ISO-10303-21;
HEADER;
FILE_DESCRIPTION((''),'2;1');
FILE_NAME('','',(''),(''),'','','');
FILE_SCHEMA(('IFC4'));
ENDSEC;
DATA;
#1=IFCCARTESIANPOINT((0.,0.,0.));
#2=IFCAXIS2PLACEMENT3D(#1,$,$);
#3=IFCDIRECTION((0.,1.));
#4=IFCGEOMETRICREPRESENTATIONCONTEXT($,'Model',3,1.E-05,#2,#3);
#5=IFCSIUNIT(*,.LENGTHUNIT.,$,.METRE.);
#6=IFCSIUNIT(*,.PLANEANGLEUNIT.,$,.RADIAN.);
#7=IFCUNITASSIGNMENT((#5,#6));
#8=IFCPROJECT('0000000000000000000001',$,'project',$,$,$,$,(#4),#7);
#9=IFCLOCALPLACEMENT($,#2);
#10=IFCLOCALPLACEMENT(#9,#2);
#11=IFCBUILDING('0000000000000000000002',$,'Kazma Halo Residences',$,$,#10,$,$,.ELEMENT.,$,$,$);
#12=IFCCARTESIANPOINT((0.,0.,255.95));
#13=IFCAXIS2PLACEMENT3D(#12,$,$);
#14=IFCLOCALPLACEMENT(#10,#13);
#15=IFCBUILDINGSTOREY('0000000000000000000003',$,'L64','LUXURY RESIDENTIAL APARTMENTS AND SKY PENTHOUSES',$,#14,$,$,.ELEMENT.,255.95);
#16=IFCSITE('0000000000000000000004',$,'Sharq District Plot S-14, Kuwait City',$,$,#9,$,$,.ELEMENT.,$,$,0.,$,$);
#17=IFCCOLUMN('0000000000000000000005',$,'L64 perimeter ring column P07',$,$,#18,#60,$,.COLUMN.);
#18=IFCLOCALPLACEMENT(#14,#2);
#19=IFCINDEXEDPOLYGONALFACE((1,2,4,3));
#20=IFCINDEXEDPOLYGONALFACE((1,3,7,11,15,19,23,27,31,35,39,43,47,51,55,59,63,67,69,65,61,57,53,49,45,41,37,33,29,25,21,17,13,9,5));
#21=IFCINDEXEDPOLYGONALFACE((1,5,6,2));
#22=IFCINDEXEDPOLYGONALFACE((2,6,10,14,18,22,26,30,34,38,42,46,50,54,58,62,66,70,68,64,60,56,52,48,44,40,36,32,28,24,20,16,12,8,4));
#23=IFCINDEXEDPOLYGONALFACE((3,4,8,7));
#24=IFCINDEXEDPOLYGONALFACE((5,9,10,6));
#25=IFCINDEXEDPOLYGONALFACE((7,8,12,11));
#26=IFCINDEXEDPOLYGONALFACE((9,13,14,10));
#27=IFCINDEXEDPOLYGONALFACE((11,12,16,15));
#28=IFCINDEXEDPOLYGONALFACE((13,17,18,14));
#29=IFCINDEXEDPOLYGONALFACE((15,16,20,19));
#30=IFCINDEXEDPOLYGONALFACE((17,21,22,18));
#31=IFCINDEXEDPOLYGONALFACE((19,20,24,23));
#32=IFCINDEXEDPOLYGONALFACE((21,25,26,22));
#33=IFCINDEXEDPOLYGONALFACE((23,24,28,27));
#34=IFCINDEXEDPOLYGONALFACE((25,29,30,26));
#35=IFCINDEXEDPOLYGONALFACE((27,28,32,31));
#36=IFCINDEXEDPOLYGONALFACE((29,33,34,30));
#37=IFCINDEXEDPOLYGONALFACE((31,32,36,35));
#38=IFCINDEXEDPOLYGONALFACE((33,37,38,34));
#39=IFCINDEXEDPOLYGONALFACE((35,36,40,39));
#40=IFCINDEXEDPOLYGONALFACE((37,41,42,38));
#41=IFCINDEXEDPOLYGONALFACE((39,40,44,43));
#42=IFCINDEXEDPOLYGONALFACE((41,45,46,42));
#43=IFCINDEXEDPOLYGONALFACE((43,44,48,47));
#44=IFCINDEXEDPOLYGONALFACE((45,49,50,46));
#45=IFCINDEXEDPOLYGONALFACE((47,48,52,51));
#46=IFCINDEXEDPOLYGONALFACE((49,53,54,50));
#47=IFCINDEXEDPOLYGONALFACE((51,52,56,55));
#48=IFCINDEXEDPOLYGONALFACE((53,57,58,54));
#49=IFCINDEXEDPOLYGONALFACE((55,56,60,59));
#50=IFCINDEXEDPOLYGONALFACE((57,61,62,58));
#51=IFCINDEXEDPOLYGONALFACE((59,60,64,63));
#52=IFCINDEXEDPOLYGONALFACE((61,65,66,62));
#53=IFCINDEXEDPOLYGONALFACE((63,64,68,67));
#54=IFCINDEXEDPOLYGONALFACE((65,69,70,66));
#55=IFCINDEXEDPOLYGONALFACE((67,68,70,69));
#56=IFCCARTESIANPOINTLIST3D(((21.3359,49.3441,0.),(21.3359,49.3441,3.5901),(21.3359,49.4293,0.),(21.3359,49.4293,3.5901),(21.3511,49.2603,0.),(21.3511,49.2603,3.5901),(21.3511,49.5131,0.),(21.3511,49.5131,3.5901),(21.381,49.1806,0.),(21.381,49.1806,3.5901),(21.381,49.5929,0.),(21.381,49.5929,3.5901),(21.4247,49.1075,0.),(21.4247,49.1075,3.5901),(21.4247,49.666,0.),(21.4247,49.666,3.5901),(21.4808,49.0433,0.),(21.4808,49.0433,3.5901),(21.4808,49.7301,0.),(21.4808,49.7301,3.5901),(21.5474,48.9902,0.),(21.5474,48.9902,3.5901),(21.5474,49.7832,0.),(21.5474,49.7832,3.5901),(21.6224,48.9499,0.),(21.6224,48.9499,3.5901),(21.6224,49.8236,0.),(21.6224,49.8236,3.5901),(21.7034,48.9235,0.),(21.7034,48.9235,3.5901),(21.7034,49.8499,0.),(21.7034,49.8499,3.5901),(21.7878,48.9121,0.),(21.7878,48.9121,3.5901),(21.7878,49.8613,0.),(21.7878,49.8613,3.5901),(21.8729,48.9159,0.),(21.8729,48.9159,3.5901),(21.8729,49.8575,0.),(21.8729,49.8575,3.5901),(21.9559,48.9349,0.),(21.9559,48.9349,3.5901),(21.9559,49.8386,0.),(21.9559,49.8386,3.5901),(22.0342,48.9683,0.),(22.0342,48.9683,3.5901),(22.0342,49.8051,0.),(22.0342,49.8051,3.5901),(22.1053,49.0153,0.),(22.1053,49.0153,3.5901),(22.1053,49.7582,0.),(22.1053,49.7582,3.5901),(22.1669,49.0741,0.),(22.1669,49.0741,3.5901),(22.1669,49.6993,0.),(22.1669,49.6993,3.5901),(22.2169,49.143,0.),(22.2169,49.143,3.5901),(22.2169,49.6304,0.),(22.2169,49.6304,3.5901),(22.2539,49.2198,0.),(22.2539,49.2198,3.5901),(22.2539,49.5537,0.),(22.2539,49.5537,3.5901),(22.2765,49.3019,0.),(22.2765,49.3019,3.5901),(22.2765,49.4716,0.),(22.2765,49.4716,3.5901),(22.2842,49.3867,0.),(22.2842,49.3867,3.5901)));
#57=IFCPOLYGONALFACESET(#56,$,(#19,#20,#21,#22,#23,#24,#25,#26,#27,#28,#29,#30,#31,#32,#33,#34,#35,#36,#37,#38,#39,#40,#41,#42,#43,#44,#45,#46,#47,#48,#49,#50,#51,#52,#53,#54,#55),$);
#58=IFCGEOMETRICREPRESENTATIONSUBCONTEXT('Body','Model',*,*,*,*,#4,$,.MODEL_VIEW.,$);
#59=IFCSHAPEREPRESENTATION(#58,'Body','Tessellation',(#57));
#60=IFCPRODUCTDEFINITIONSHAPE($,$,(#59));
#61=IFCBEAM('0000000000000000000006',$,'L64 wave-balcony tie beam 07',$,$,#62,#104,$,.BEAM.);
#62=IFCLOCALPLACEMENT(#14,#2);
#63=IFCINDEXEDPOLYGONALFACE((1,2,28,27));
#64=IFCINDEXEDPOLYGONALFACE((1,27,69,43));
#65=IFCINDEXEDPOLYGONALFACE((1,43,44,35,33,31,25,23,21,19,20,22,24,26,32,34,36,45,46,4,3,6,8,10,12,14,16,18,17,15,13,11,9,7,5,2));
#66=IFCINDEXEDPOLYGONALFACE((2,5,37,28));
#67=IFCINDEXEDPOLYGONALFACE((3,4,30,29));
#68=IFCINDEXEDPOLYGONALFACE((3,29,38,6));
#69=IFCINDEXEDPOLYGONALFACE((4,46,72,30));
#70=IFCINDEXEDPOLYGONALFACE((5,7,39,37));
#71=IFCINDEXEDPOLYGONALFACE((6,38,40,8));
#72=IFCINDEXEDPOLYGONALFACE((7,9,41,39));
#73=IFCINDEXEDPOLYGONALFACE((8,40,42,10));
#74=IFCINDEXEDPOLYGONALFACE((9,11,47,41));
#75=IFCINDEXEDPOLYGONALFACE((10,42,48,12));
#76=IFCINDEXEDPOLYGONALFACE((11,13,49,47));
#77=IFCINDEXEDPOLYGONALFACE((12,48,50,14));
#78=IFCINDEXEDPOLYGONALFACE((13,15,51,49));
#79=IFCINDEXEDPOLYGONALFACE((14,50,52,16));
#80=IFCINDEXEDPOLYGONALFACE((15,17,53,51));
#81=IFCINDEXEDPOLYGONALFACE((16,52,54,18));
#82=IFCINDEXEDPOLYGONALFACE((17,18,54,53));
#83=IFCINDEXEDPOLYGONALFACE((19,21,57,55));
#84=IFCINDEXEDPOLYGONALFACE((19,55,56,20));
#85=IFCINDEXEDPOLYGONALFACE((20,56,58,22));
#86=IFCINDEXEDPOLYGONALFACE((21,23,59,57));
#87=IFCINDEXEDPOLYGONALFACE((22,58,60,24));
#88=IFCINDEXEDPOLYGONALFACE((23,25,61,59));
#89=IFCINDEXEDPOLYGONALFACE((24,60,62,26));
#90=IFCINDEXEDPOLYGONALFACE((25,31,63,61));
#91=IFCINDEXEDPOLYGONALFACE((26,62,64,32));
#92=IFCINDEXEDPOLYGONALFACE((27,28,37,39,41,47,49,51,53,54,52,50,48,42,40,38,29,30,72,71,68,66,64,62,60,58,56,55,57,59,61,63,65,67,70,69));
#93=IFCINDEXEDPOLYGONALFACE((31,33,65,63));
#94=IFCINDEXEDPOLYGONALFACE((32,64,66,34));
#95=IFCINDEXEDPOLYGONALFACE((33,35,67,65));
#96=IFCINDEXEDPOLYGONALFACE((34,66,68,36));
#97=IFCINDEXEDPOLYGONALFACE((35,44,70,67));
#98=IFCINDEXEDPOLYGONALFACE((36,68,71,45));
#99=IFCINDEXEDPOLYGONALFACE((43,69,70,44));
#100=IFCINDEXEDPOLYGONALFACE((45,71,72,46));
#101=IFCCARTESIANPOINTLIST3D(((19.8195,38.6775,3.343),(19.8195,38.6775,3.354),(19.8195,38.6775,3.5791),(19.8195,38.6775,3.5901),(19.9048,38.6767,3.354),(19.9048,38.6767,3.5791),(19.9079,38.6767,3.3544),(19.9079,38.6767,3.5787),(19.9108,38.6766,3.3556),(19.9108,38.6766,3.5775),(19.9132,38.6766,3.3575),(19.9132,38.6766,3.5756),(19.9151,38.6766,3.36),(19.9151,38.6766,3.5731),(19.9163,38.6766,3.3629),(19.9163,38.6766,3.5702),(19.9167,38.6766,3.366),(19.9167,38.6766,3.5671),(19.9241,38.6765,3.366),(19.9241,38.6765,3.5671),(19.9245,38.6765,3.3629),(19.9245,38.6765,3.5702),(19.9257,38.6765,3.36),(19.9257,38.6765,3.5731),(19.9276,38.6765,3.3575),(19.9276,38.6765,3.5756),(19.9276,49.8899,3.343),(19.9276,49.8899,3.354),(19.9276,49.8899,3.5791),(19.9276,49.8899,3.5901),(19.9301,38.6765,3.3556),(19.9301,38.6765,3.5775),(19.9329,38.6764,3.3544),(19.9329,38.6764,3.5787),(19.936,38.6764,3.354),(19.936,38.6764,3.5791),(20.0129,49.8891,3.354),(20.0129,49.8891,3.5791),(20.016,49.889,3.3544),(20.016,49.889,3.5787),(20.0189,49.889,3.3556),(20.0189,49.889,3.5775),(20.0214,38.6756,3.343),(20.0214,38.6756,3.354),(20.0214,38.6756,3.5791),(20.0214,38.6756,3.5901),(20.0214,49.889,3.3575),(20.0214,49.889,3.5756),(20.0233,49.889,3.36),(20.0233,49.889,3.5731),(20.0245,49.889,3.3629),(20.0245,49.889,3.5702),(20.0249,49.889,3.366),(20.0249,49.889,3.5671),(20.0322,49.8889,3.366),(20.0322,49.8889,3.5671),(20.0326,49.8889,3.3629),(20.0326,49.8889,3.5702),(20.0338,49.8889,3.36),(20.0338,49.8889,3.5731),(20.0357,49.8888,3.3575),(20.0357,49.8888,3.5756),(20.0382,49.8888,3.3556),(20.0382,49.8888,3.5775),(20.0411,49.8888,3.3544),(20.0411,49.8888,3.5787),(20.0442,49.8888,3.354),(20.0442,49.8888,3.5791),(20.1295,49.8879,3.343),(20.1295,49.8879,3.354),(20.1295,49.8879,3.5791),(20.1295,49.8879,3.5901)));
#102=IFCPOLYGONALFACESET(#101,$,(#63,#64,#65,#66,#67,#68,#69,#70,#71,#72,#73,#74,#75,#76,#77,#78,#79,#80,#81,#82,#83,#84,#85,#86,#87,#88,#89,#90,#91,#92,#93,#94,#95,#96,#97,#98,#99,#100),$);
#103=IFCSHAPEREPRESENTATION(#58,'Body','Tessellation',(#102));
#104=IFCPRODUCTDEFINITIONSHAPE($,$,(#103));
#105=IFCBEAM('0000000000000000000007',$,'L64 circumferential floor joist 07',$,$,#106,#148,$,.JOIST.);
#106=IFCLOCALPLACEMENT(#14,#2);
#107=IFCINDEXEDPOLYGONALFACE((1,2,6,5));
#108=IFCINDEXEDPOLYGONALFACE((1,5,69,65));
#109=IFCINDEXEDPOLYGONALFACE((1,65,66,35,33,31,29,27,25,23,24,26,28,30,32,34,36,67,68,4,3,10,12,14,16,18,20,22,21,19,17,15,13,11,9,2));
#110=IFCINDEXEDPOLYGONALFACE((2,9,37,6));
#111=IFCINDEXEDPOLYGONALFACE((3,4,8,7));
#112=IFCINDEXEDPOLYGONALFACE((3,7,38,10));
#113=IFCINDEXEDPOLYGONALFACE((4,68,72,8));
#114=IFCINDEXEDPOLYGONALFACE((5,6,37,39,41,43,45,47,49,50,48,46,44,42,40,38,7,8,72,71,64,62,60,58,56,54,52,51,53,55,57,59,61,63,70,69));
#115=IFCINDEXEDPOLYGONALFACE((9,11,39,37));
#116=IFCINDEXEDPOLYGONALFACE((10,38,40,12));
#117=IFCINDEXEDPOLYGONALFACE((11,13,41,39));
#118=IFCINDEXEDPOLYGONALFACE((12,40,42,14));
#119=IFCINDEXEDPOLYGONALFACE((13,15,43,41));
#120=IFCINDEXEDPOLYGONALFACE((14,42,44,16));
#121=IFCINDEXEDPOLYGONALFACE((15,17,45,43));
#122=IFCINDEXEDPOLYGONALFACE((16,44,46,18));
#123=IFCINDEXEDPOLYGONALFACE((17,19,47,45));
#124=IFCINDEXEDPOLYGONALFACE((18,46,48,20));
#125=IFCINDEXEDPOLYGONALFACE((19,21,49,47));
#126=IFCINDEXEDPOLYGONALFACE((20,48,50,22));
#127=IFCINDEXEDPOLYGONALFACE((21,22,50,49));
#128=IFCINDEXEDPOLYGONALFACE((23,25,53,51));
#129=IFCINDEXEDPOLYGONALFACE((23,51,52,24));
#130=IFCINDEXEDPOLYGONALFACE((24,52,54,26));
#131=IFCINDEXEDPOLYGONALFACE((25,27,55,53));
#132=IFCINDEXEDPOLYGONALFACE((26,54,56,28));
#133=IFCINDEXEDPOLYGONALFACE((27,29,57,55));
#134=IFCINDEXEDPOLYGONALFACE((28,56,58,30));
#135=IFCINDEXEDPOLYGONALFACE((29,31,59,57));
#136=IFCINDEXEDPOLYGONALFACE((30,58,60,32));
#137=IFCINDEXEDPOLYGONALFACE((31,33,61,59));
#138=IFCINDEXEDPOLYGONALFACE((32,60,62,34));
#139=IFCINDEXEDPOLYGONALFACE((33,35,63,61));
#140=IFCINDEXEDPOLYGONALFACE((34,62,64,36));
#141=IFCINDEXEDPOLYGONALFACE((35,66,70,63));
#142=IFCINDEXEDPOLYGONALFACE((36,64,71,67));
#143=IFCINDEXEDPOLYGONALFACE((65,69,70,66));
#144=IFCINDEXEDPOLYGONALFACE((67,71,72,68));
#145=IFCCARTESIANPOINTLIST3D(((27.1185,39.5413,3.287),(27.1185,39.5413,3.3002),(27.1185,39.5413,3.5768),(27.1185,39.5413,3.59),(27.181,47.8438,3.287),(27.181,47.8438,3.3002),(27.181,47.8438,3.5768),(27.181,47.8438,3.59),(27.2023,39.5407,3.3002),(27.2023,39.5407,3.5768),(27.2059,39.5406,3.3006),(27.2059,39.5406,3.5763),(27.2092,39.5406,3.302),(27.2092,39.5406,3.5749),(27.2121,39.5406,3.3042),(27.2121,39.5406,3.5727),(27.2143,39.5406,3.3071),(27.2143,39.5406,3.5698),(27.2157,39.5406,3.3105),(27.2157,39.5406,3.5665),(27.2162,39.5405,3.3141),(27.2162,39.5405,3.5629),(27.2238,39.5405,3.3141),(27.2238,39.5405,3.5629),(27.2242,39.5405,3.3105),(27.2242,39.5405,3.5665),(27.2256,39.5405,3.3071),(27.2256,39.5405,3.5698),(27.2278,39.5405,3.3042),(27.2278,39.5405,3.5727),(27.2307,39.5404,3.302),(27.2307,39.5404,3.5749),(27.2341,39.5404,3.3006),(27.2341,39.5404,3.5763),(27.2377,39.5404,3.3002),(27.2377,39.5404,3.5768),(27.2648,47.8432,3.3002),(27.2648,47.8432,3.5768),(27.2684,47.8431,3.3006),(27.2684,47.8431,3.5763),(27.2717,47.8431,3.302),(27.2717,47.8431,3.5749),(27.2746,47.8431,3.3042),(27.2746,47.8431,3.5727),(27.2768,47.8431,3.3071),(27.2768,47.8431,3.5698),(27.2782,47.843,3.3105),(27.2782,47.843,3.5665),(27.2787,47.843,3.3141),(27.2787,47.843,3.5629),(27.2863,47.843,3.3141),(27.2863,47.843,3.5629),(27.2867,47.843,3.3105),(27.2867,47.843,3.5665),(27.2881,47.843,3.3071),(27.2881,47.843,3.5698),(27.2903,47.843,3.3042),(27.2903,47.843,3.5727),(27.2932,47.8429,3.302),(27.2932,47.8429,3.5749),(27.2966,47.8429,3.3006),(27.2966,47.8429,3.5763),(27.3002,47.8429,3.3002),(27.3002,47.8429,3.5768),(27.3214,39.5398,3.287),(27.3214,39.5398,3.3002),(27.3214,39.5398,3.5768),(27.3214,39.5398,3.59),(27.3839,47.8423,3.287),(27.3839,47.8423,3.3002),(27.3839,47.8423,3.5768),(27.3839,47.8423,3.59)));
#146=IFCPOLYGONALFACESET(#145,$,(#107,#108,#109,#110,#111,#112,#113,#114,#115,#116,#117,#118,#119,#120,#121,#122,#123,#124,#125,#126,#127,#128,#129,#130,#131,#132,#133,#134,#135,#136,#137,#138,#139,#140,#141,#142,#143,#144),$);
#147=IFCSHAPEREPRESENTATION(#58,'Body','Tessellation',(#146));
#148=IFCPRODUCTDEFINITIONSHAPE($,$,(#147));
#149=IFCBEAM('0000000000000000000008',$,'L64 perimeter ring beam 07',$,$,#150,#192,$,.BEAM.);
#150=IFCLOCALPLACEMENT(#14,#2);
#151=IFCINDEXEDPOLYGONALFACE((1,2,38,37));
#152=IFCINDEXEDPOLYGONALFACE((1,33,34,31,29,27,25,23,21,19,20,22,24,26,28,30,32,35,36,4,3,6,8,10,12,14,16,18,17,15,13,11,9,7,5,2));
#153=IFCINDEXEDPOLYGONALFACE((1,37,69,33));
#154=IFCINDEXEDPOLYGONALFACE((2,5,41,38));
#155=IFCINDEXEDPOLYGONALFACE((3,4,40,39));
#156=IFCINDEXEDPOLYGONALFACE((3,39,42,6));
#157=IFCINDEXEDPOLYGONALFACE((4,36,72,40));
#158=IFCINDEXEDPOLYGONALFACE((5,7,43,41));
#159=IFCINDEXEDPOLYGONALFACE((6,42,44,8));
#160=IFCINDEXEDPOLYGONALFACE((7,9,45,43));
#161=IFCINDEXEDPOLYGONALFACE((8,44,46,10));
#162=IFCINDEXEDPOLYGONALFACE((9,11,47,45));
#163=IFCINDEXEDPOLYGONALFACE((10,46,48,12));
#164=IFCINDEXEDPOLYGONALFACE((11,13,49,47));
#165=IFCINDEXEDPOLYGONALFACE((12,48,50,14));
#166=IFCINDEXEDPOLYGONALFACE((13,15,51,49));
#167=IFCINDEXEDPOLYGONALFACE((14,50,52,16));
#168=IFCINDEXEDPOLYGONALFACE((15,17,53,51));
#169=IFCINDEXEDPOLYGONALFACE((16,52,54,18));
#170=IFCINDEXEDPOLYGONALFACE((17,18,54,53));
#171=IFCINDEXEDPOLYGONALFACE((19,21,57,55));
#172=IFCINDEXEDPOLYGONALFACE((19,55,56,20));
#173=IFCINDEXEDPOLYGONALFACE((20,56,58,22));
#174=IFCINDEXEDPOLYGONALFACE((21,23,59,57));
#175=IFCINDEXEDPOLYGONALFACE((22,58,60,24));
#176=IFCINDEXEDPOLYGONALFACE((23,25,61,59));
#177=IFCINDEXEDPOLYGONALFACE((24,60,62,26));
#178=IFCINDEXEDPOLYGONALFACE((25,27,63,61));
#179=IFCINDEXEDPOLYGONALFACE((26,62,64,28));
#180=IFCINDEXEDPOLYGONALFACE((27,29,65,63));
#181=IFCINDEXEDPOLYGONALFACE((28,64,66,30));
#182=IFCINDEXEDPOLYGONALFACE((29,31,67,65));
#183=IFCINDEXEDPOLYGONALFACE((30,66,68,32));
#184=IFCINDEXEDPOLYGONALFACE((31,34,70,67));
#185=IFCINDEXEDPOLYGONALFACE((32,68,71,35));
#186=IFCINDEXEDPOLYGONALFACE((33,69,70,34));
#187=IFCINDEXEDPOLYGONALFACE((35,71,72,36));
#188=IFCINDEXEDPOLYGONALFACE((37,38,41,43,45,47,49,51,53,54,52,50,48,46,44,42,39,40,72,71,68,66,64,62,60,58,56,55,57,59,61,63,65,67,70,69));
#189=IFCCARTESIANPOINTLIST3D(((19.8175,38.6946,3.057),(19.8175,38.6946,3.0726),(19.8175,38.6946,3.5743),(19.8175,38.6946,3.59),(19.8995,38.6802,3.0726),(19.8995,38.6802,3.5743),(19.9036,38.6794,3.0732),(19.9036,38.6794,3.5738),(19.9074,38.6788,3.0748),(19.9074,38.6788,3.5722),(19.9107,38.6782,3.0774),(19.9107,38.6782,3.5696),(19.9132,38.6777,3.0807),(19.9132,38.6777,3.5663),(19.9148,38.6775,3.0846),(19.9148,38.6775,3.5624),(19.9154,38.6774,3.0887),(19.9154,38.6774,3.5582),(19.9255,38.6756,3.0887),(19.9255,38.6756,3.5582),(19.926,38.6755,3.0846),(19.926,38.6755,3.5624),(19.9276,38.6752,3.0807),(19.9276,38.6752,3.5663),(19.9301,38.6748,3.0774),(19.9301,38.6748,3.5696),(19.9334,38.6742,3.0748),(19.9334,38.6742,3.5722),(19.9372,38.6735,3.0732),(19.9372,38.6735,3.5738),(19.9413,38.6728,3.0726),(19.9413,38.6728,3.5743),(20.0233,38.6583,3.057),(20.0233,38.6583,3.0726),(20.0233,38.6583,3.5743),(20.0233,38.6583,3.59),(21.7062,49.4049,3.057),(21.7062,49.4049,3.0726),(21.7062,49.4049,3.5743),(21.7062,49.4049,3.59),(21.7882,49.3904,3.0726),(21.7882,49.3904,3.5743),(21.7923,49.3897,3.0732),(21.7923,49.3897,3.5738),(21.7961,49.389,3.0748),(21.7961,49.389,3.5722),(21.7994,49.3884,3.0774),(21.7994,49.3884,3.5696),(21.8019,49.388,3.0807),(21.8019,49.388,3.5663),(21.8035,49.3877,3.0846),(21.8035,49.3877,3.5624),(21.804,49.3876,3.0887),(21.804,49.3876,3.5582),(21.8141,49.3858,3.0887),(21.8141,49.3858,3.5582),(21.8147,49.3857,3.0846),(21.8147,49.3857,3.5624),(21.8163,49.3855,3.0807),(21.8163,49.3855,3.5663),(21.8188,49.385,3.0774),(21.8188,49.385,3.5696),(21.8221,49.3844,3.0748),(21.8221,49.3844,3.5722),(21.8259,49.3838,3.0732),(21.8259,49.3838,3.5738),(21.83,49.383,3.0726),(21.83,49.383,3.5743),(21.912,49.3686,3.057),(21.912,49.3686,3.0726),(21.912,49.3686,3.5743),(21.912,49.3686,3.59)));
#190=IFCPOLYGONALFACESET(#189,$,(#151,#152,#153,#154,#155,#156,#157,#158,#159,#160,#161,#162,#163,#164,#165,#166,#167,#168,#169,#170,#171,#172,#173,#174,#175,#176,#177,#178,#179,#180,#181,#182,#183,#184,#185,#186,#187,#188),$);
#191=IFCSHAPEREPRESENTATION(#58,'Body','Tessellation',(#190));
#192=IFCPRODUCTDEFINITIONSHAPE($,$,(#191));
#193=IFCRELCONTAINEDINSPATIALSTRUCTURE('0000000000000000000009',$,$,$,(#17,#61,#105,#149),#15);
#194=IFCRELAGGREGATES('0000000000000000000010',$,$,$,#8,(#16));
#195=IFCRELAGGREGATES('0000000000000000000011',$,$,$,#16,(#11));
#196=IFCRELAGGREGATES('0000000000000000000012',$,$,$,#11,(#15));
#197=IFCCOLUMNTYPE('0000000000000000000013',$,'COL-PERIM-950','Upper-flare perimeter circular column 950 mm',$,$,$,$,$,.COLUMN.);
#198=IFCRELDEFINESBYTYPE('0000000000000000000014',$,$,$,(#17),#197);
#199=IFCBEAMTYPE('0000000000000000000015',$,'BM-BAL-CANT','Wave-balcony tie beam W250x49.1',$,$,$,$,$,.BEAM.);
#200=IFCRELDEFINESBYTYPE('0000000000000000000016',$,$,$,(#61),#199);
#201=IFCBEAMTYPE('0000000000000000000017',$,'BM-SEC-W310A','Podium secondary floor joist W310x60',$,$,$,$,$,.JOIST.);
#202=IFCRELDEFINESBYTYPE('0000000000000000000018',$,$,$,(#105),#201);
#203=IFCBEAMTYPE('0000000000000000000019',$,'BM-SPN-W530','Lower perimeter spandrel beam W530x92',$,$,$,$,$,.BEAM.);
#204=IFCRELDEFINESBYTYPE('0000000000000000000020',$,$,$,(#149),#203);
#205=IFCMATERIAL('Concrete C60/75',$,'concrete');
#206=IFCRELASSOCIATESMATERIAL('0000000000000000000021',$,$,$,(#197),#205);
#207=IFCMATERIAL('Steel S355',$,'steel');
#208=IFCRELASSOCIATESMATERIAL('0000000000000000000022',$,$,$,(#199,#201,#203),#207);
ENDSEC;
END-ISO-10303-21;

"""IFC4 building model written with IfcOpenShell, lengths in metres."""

from ifc_helpers import new_model, si_unit, direction, frame, origin, origin_2d, place, context, subcontext, project, spatial, circle, i_section, extrude, material, material_profile, profile_set, type_object, element, save


model = new_model("IFC4")

# Units and contexts
model_context = context("Model", 3, precision=1e-05, world=origin(), true_north=direction((0.0, 1.0)))
body_context = subcontext(model_context, "Body", "Model", "MODEL_VIEW")
ifc_project = project(units=[si_unit("LENGTHUNIT", "METRE"), si_unit("PLANEANGLEUNIT", "RADIAN")], contexts=[model_context])

# Site, building, storey
site_placement = place(None, origin())
site = spatial("IfcSite", under=ifc_project, at=site_placement, Name="Sharq District Plot S-14, Kuwait City", CompositionType="ELEMENT", RefElevation=0.0)
building_placement = place(site_placement, origin())
building = spatial("IfcBuilding", under=site, at=building_placement, Name="Kazma Halo Residences", CompositionType="ELEMENT")
storey_placement = place(building_placement, frame((0.0, 0.0, 255.95)))
storey = spatial("IfcBuildingStorey", under=building, at=storey_placement, Name="L64", Description="LUXURY RESIDENTIAL APARTMENTS AND SKY PENTHOUSES", CompositionType="ELEMENT", Elevation=255.95)

# Column
ifc_material_1 = material(Name="Concrete C60/75", Category="concrete")
ifc_material_profile_1 = material_profile(ifc_material_1, circle(Radius=0.4751, at=origin_2d()), Name="CIRC950")
ifc_profile_set_1 = profile_set([ifc_material_profile_1], Name="Concrete C60/75")
column_type = type_object("IfcColumnType", Name="COL-PERIM-950", Description="Upper-flare perimeter circular column 950 mm", PredefinedType="COLUMN", material=ifc_profile_set_1)
column_placement = place(storey_placement, frame((21.8091, 49.3867, 0.0), z_axis=(0.0, 0.0, 1.0), x_axis=(1.0, 0.0, 0.0)))
element("IfcColumn", 1, at=column_placement, inside=storey, type_object=column_type, Name="L64 perimeter ring column P07", PredefinedType="COLUMN", context=body_context, shape_type="SweptSolid", body=[
    extrude(circle(Radius=0.4751, at=origin_2d()), origin(), (0.0, 0.0, 1.0), 3.5901),
])

# Beams
ifc_material_2 = material(Name="Steel S355", Category="steel")
ifc_material_profile_2 = material_profile(ifc_material_2, i_section(OverallWidth=0.2019, OverallDepth=0.2471, WebThickness=0.0073, FlangeThickness=0.011, FilletRadius=0.012, at=origin_2d()), Name="W250x49.1")
ifc_profile_set_2 = profile_set([ifc_material_profile_2], Name="Steel S355")
beam_type_1 = type_object("IfcBeamType", Name="BM-BAL-CANT", Description="Wave-balcony tie beam W250x49.1", PredefinedType="BEAM", material=ifc_profile_set_2)
beam_1_placement = place(storey_placement, frame((20.0286, 49.8889, 3.4666), z_axis=(-0.009646, -0.999953, 0.0), x_axis=(0.999953, -0.009646, 0.0)))
element("IfcBeam", 2, at=beam_1_placement, inside=storey, type_object=beam_type_1, Name="L64 wave-balcony tie beam 07", PredefinedType="BEAM", context=body_context, shape_type="SweptSolid", body=[
    extrude(i_section(OverallWidth=0.2019, OverallDepth=0.2471, WebThickness=0.0073, FlangeThickness=0.011, FilletRadius=0.012, at=origin_2d()), origin(), (0.0, 0.0, 1.0), 11.2129),
])
ifc_material_profile_3 = material_profile(ifc_material_2, i_section(OverallWidth=0.2029, OverallDepth=0.303, WebThickness=0.0076, FlangeThickness=0.0132, FilletRadius=0.0139, at=origin_2d()), Name="W310x60")
ifc_profile_set_3 = profile_set([ifc_material_profile_3], Name="Steel S355")
beam_type_2 = type_object("IfcBeamType", Name="BM-SEC-W310A", Description="Podium secondary floor joist W310x60", PredefinedType="JOIST", material=ifc_profile_set_3)
beam_2_placement = place(storey_placement, frame((27.2825, 47.843, 3.4385), z_axis=(-0.007528, -0.999972, 0.0), x_axis=(0.999972, -0.007528, 0.0)))
element("IfcBeam", 3, at=beam_2_placement, inside=storey, type_object=beam_type_2, Name="L64 circumferential floor joist 07", PredefinedType="JOIST", context=body_context, shape_type="SweptSolid", body=[
    extrude(i_section(OverallWidth=0.2029, OverallDepth=0.303, WebThickness=0.0076, FlangeThickness=0.0132, FilletRadius=0.0139, at=origin_2d()), origin(), (0.0, 0.0, 1.0), 8.3027),
])
ifc_material_profile_4 = material_profile(ifc_material_2, i_section(OverallWidth=0.209, OverallDepth=0.533, WebThickness=0.0103, FlangeThickness=0.0156, FilletRadius=0.0161, at=origin_2d()), Name="W530x92")
ifc_profile_set_4 = profile_set([ifc_material_profile_4], Name="Steel S355")
beam_type_3 = type_object("IfcBeamType", Name="BM-SPN-W530", Description="Lower perimeter spandrel beam W530x92", PredefinedType="BEAM", material=ifc_profile_set_4)
beam_3_placement = place(storey_placement, frame((21.8091, 49.3867, 3.3235), z_axis=(-0.173664, -0.984805, 0.0), x_axis=(0.984805, -0.173664, 0.0)))
element("IfcBeam", 4, at=beam_3_placement, inside=storey, type_object=beam_type_3, Name="L64 perimeter ring beam 07", PredefinedType="BEAM", context=body_context, shape_type="SweptSolid", body=[
    extrude(i_section(OverallWidth=0.209, OverallDepth=0.533, WebThickness=0.0103, FlangeThickness=0.0156, FilletRadius=0.0161, at=origin_2d()), origin(), (0.0, 0.0, 1.0), 10.8755),
])

save(model, "model.ifc")
